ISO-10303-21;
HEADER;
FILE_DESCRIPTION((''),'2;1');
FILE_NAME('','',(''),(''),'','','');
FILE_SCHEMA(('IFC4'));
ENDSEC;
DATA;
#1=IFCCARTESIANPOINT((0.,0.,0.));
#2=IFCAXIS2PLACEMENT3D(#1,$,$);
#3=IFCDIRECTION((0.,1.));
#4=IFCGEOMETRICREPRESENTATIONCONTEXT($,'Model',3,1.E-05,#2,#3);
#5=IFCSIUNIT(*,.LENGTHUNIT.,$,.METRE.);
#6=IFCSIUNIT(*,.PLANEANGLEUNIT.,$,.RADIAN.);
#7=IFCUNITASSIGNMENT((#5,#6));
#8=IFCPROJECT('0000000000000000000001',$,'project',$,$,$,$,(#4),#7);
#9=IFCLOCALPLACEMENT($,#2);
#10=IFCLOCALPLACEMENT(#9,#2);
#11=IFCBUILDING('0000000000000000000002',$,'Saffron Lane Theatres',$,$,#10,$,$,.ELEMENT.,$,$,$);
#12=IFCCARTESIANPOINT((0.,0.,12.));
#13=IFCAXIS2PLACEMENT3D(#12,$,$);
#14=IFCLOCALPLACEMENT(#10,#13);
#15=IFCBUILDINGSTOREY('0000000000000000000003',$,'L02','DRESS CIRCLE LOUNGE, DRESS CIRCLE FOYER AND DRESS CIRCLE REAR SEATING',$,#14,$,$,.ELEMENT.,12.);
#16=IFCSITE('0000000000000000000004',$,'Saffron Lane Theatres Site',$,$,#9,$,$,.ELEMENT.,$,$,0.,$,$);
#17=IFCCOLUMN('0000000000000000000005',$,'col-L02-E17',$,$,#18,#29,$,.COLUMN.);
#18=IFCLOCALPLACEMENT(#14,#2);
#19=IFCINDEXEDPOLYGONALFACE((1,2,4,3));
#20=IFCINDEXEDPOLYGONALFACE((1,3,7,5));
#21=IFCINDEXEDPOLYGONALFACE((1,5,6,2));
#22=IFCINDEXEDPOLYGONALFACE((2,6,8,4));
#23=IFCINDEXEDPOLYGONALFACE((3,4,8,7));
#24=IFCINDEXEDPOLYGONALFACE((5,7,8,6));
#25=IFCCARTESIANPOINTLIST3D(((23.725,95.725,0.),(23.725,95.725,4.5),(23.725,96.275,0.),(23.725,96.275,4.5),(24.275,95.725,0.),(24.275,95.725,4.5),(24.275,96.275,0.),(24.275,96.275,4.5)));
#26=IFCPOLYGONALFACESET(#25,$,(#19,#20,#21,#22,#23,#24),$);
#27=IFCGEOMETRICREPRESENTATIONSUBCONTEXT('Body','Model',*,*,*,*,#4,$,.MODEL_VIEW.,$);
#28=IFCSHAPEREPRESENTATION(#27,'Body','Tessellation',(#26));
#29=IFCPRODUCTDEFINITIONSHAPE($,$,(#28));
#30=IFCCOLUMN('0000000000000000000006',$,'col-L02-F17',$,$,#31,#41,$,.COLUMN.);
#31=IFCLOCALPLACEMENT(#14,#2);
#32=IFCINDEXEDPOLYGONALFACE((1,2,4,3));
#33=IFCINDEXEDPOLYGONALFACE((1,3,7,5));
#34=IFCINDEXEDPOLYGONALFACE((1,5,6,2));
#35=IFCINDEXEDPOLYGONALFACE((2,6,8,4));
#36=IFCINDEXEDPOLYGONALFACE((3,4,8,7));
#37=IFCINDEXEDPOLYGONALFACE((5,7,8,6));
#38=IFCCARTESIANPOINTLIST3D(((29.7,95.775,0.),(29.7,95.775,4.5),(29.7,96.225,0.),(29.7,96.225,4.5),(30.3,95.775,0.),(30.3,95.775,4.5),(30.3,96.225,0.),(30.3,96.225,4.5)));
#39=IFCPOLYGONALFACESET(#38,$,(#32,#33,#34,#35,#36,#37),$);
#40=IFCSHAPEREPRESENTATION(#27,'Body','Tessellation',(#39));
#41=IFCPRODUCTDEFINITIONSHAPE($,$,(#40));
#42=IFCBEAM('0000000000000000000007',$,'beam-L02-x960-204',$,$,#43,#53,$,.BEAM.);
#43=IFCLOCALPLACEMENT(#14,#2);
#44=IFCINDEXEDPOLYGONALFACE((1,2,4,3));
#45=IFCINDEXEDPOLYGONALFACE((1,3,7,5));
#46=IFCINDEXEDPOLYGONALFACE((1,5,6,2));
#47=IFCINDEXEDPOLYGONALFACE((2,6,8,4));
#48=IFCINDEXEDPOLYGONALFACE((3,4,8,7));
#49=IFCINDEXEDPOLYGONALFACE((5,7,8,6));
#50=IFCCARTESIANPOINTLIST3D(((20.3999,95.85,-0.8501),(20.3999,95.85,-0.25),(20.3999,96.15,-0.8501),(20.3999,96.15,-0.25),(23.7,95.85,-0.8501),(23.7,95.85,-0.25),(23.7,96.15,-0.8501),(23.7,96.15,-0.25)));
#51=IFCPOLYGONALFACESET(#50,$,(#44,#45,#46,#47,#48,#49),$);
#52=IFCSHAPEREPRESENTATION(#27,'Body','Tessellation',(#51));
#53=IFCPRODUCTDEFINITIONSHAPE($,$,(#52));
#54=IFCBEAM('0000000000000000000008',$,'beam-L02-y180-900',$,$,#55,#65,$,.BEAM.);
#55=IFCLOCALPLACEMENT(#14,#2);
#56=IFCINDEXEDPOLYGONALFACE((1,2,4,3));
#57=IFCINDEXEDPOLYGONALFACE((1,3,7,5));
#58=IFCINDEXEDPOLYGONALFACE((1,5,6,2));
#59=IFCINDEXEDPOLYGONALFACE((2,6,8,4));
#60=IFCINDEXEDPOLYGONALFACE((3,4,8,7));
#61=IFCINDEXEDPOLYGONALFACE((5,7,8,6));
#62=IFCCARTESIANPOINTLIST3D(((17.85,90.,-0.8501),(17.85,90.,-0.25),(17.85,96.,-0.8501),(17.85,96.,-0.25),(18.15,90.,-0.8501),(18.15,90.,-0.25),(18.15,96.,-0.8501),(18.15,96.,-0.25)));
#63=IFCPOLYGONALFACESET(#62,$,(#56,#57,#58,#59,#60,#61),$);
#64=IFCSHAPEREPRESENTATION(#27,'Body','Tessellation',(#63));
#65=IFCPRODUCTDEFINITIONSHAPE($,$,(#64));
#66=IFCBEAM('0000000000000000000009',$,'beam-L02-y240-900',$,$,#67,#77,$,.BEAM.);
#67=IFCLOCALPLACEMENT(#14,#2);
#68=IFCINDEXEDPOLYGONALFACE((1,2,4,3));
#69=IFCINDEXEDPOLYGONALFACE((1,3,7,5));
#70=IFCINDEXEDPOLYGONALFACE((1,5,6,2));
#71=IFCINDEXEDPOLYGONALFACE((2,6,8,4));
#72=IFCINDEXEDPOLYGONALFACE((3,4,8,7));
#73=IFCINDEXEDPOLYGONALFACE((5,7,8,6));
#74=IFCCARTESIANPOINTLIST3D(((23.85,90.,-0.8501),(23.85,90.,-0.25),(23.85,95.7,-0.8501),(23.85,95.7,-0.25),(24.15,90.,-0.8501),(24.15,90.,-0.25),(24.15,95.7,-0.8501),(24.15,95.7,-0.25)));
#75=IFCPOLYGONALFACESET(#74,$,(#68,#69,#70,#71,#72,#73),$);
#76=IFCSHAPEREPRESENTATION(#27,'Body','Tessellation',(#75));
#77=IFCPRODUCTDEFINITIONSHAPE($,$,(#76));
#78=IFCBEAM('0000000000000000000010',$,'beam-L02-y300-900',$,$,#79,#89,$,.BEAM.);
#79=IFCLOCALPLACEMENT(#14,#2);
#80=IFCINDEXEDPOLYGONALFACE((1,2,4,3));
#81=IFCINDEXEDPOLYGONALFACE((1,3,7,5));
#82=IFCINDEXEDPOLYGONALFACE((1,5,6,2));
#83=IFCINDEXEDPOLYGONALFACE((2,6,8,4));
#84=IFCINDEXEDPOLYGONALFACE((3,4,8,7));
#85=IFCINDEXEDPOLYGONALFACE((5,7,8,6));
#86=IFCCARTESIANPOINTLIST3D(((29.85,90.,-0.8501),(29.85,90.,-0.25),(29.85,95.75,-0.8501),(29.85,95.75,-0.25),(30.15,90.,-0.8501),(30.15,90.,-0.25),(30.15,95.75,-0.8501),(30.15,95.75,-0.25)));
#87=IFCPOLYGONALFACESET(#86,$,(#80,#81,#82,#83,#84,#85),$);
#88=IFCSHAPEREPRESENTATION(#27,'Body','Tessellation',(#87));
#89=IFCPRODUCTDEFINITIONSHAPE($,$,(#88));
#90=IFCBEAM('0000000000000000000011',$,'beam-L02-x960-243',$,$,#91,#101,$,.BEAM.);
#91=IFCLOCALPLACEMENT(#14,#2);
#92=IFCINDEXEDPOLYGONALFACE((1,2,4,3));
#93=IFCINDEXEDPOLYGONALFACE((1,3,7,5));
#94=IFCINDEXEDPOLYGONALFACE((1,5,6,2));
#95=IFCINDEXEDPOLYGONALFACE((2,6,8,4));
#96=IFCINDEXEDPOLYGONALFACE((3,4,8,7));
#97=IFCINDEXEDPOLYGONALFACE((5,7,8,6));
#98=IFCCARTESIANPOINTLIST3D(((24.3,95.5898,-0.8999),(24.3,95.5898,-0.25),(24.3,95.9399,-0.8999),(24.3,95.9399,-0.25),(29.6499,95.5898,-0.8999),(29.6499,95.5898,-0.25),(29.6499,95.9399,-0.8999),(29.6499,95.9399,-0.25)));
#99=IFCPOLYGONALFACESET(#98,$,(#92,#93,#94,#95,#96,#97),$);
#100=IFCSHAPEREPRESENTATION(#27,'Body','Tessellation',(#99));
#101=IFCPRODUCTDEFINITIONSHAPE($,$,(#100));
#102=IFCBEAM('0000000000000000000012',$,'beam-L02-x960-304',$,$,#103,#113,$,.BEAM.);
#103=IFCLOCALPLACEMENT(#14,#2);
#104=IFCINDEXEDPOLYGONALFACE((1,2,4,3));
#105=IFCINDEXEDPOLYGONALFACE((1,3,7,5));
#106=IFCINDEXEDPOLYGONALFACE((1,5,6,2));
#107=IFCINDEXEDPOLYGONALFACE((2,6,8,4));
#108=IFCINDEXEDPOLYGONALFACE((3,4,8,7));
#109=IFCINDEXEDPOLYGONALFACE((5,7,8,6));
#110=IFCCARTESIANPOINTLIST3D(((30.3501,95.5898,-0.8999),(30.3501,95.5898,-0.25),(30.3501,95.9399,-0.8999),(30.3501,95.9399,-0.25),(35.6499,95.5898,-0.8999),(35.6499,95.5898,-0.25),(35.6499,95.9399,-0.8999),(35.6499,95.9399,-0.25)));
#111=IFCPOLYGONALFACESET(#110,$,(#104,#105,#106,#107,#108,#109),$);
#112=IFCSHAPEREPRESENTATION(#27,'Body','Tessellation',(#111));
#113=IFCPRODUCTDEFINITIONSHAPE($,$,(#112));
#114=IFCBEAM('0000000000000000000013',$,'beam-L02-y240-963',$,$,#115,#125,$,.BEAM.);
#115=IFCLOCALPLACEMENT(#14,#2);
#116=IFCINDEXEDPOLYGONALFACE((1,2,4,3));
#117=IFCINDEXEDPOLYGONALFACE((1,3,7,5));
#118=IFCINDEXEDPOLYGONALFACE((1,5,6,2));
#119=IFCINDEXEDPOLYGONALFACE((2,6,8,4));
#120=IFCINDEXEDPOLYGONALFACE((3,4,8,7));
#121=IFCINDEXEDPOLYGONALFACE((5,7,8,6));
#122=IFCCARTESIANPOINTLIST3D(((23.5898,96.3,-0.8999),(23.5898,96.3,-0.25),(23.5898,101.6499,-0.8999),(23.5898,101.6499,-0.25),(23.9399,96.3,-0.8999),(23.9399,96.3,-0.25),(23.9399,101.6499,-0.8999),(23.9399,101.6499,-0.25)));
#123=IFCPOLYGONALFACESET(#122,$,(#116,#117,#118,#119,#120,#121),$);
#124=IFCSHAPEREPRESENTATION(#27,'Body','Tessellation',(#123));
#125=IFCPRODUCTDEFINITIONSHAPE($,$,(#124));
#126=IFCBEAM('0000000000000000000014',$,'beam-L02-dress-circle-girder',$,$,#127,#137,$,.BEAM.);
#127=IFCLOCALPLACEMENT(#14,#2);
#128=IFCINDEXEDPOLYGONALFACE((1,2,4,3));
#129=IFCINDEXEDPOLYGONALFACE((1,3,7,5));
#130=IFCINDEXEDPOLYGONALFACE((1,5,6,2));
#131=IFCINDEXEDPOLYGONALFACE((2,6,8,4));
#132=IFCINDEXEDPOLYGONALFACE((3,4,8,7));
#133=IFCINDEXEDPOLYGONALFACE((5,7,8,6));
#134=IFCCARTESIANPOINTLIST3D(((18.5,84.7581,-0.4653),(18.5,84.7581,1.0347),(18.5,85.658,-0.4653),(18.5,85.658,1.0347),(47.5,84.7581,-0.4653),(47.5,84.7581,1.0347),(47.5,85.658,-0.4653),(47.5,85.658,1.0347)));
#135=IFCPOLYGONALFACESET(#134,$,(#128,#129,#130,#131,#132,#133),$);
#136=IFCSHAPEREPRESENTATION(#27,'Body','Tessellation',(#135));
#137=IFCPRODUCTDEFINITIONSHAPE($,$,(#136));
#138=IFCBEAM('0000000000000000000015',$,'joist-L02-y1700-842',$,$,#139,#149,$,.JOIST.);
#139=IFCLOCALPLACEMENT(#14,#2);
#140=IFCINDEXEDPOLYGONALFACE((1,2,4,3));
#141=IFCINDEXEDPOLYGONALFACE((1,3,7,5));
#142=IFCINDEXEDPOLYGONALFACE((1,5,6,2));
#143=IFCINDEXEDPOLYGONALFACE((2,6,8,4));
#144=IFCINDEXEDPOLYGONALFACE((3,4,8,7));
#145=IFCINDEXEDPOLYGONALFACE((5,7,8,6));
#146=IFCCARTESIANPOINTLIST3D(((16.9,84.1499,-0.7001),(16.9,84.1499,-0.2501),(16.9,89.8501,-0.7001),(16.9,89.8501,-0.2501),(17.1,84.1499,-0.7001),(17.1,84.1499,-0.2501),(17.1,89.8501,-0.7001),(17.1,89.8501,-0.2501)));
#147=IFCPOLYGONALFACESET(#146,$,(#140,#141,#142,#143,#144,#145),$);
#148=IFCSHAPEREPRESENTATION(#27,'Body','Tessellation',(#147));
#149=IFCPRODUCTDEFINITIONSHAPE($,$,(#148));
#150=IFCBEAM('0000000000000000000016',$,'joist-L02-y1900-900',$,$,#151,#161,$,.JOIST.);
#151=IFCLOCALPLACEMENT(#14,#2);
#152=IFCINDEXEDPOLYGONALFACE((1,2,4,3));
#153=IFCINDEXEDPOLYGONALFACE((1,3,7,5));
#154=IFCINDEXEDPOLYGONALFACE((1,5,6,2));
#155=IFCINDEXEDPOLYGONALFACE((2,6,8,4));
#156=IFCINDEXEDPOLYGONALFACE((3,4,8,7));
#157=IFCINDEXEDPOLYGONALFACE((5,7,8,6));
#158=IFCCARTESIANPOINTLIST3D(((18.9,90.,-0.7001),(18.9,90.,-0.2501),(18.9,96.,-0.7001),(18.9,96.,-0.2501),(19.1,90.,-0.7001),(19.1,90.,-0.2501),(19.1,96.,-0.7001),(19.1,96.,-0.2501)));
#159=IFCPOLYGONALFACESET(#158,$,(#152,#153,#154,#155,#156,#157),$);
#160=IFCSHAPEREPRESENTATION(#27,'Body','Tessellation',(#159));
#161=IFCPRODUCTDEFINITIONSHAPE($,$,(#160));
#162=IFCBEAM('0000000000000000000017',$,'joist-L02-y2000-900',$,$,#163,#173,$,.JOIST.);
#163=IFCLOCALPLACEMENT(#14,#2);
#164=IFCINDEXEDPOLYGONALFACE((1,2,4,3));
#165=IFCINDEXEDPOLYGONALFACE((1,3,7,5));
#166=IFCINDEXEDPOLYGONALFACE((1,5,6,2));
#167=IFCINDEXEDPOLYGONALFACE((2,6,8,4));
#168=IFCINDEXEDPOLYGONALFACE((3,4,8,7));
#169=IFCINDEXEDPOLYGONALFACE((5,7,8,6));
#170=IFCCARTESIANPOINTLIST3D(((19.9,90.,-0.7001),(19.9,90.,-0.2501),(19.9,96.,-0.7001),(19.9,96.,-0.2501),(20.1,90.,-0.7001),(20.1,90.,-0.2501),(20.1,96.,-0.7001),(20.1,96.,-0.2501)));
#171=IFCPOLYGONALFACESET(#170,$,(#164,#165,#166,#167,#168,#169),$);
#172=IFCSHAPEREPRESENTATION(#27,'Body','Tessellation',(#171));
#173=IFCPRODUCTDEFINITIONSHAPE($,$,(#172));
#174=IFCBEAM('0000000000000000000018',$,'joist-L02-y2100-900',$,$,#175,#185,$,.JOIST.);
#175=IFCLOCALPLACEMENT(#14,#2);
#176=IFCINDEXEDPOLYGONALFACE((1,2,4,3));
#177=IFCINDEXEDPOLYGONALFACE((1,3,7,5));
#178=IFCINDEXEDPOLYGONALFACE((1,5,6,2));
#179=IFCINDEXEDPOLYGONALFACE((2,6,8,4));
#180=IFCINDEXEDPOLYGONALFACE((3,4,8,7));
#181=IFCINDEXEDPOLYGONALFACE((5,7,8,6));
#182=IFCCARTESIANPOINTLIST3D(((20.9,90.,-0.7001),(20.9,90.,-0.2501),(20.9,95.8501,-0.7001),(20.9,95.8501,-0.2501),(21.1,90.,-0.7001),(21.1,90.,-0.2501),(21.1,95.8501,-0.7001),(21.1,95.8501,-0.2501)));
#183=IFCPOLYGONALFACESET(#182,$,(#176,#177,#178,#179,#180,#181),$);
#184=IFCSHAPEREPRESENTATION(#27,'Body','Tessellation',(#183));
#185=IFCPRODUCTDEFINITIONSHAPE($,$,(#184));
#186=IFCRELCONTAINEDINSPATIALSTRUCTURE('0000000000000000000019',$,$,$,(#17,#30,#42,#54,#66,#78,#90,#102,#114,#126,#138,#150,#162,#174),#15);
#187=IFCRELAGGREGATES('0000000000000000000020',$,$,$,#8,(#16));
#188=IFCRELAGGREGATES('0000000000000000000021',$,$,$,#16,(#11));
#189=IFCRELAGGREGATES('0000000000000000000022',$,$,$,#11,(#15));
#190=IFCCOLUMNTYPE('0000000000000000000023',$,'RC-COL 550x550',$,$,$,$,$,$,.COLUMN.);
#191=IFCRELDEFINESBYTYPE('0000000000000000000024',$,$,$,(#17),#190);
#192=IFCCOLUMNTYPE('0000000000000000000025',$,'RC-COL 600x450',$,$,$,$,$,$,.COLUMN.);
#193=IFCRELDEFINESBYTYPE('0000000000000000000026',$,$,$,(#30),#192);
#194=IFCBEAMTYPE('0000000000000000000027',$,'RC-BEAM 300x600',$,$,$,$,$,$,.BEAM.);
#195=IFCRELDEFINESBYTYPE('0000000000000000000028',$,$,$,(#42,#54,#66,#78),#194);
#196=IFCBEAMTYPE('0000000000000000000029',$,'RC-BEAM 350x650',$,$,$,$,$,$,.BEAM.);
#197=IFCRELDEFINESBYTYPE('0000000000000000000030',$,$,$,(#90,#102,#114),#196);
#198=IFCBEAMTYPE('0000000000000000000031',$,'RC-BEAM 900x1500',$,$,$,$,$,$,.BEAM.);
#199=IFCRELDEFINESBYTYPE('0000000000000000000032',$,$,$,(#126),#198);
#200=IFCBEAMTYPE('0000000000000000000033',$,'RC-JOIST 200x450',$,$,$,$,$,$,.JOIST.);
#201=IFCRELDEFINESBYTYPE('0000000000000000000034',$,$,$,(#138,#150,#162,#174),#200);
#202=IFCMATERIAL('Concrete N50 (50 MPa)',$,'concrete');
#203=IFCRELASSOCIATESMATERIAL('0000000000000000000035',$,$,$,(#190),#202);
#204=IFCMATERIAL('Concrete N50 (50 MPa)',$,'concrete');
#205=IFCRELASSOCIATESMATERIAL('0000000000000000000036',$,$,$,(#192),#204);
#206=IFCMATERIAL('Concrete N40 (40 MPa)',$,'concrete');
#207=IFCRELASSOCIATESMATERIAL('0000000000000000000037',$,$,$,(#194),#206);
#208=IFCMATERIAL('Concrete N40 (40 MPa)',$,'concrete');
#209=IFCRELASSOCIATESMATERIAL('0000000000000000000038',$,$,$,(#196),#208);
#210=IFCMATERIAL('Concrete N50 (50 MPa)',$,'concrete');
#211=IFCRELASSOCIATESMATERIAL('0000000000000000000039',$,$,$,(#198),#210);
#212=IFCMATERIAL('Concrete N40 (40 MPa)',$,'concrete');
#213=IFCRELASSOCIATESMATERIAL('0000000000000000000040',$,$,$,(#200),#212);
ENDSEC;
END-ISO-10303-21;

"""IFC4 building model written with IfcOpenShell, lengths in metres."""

from ifc_helpers import new_model, si_unit, direction, frame, origin, origin_2d, place, context, subcontext, project, spatial, rectangle, extrude, material, material_profile, profile_set, type_object, element, save


model = new_model("IFC4")

# Units and contexts
model_context = context("Model", 3, precision=1e-05, world=origin(), true_north=direction((0.0, 1.0)))
body_context = subcontext(model_context, "Body", "Model", "MODEL_VIEW")
ifc_project = project(units=[si_unit("LENGTHUNIT", "METRE"), si_unit("PLANEANGLEUNIT", "RADIAN")], contexts=[model_context])

# Site, building, storey
site_placement = place(None, origin())
site = spatial("IfcSite", under=ifc_project, at=site_placement, Name="Saffron Lane Theatres Site", CompositionType="ELEMENT", RefElevation=0.0)
building_placement = place(site_placement, origin())
building = spatial("IfcBuilding", under=site, at=building_placement, Name="Saffron Lane Theatres", CompositionType="ELEMENT")
storey_placement = place(building_placement, frame((0.0, 0.0, 12.0)))
storey = spatial("IfcBuildingStorey", under=building, at=storey_placement, Name="L02", Description="DRESS CIRCLE LOUNGE, DRESS CIRCLE FOYER AND DRESS CIRCLE REAR SEATING", CompositionType="ELEMENT", Elevation=12.0)

# Columns
ifc_material_1 = material(Name="Concrete N50 (50 MPa)", Category="concrete")
ifc_material_profile_1 = material_profile(ifc_material_1, rectangle(XDim=0.55, YDim=0.55, at=origin_2d()))
ifc_profile_set_1 = profile_set([ifc_material_profile_1], Name="Concrete N50 (50 MPa)")
column_type_1 = type_object("IfcColumnType", Name="RC-COL 550x550", PredefinedType="COLUMN", material=ifc_profile_set_1)
column_1_placement = place(storey_placement, frame((24.0, 96.0, 0.0), z_axis=(0.0, 0.0, 1.0), x_axis=(1.0, 0.0, 0.0)))
element("IfcColumn", 1, at=column_1_placement, inside=storey, type_object=column_type_1, Name="col-L02-E17", PredefinedType="COLUMN", context=body_context, shape_type="SweptSolid", body=[
    extrude(rectangle(XDim=0.55, YDim=0.55, at=origin_2d()), origin(), (0.0, 0.0, 1.0), 4.5),
])
ifc_material_2 = material(Name="Concrete N50 (50 MPa)", Category="concrete")
ifc_material_profile_2 = material_profile(ifc_material_2, rectangle(XDim=0.6001, YDim=0.45, at=origin_2d()))
ifc_profile_set_2 = profile_set([ifc_material_profile_2], Name="Concrete N50 (50 MPa)")
column_type_2 = type_object("IfcColumnType", Name="RC-COL 600x450", PredefinedType="COLUMN", material=ifc_profile_set_2)
column_2_placement = place(storey_placement, frame((30.0, 96.0, 0.0), z_axis=(0.0, 0.0, 1.0), x_axis=(1.0, 0.0, 0.0)))
element("IfcColumn", 2, at=column_2_placement, inside=storey, type_object=column_type_2, Name="col-L02-F17", PredefinedType="COLUMN", context=body_context, shape_type="SweptSolid", body=[
    extrude(rectangle(XDim=0.6001, YDim=0.45, at=origin_2d()), origin(), (0.0, 0.0, 1.0), 4.5),
])

# Beams
ifc_material_3 = material(Name="Concrete N40 (40 MPa)", Category="concrete")
ifc_material_profile_3 = material_profile(ifc_material_3, rectangle(XDim=0.3, YDim=0.6001, at=origin_2d()))
ifc_profile_set_3 = profile_set([ifc_material_profile_3], Name="Concrete N40 (40 MPa)")
beam_type_1 = type_object("IfcBeamType", Name="RC-BEAM 300x600", PredefinedType="BEAM", material=ifc_profile_set_3)
beam_1_placement = place(storey_placement, frame((20.3999, 96.0, -0.55), z_axis=(1.0, 0.0, 0.0), x_axis=(0.0, 1.0, 0.0)))
element("IfcBeam", 3, at=beam_1_placement, inside=storey, type_object=beam_type_1, Name="beam-L02-x960-204", PredefinedType="BEAM", context=body_context, shape_type="SweptSolid", body=[
    extrude(rectangle(XDim=0.3, YDim=0.6001, at=origin_2d()), origin(), (0.0, 0.0, 1.0), 3.3),
])
beam_2_placement = place(storey_placement, frame((18.0, 90.0, -0.55), z_axis=(0.0, 1.0, 0.0), x_axis=(-1.0, 0.0, 0.0)))
element("IfcBeam", 4, at=beam_2_placement, inside=storey, type_object=beam_type_1, Name="beam-L02-y180-900", PredefinedType="BEAM", context=body_context, shape_type="SweptSolid", body=[
    extrude(rectangle(XDim=0.3, YDim=0.6001, at=origin_2d()), origin(), (0.0, 0.0, 1.0), 6.0),
])
beam_3_placement = place(storey_placement, frame((24.0, 90.0, -0.55), z_axis=(0.0, 1.0, 0.0), x_axis=(-1.0, 0.0, 0.0)))
element("IfcBeam", 5, at=beam_3_placement, inside=storey, type_object=beam_type_1, Name="beam-L02-y240-900", PredefinedType="BEAM", context=body_context, shape_type="SweptSolid", body=[
    extrude(rectangle(XDim=0.3, YDim=0.6001, at=origin_2d()), origin(), (0.0, 0.0, 1.0), 5.7),
])
beam_4_placement = place(storey_placement, frame((30.0, 90.0, -0.55), z_axis=(0.0, 1.0, 0.0), x_axis=(-1.0, 0.0, 0.0)))
element("IfcBeam", 6, at=beam_4_placement, inside=storey, type_object=beam_type_1, Name="beam-L02-y300-900", PredefinedType="BEAM", context=body_context, shape_type="SweptSolid", body=[
    extrude(rectangle(XDim=0.3, YDim=0.6001, at=origin_2d()), origin(), (0.0, 0.0, 1.0), 5.75),
])
ifc_material_4 = material(Name="Concrete N40 (40 MPa)", Category="concrete")
ifc_material_profile_4 = material_profile(ifc_material_4, rectangle(XDim=0.3501, YDim=0.6499, at=origin_2d()))
ifc_profile_set_4 = profile_set([ifc_material_profile_4], Name="Concrete N40 (40 MPa)")
beam_type_2 = type_object("IfcBeamType", Name="RC-BEAM 350x650", PredefinedType="BEAM", material=ifc_profile_set_4)
beam_5_placement = place(storey_placement, frame((24.3, 95.7649, -0.575), z_axis=(1.0, 0.0, 0.0), x_axis=(0.0, 1.0, 0.0)))
element("IfcBeam", 7, at=beam_5_placement, inside=storey, type_object=beam_type_2, Name="beam-L02-x960-243", PredefinedType="BEAM", context=body_context, shape_type="SweptSolid", body=[
    extrude(rectangle(XDim=0.3501, YDim=0.6499, at=origin_2d()), origin(), (0.0, 0.0, 1.0), 5.3499),
])
beam_6_placement = place(storey_placement, frame((30.3501, 95.7649, -0.575), z_axis=(1.0, 0.0, 0.0), x_axis=(0.0, 1.0, 0.0)))
element("IfcBeam", 8, at=beam_6_placement, inside=storey, type_object=beam_type_2, Name="beam-L02-x960-304", PredefinedType="BEAM", context=body_context, shape_type="SweptSolid", body=[
    extrude(rectangle(XDim=0.3501, YDim=0.6499, at=origin_2d()), origin(), (0.0, 0.0, 1.0), 5.2998),
])
beam_7_placement = place(storey_placement, frame((23.7649, 96.3, -0.575), z_axis=(0.0, 1.0, 0.0), x_axis=(-1.0, 0.0, 0.0)))
element("IfcBeam", 9, at=beam_7_placement, inside=storey, type_object=beam_type_2, Name="beam-L02-y240-963", PredefinedType="BEAM", context=body_context, shape_type="SweptSolid", body=[
    extrude(rectangle(XDim=0.3501, YDim=0.6499, at=origin_2d()), origin(), (0.0, 0.0, 1.0), 5.3499),
])
ifc_material_5 = material(Name="Concrete N50 (50 MPa)", Category="concrete")
ifc_material_profile_5 = material_profile(ifc_material_5, rectangle(XDim=0.8999, YDim=1.5, at=origin_2d()))
ifc_profile_set_5 = profile_set([ifc_material_profile_5], Name="Concrete N50 (50 MPa)")
beam_type_3 = type_object("IfcBeamType", Name="RC-BEAM 900x1500", PredefinedType="BEAM", material=ifc_profile_set_5)
beam_8_placement = place(storey_placement, frame((18.5, 85.208, 0.2847), z_axis=(1.0, 0.0, 0.0), x_axis=(0.0, 1.0, 0.0)))
element("IfcBeam", 10, at=beam_8_placement, inside=storey, type_object=beam_type_3, Name="beam-L02-dress-circle-girder", PredefinedType="BEAM", context=body_context, shape_type="SweptSolid", body=[
    extrude(rectangle(XDim=0.8999, YDim=1.5, at=origin_2d()), origin(), (0.0, 0.0, 1.0), 29.0),
])
ifc_material_6 = material(Name="Concrete N40 (40 MPa)", Category="concrete")
ifc_material_profile_6 = material_profile(ifc_material_6, rectangle(XDim=0.2, YDim=0.45, at=origin_2d()))
ifc_profile_set_6 = profile_set([ifc_material_profile_6], Name="Concrete N40 (40 MPa)")
beam_type_4 = type_object("IfcBeamType", Name="RC-JOIST 200x450", PredefinedType="JOIST", material=ifc_profile_set_6)
beam_9_placement = place(storey_placement, frame((17.0, 84.1499, -0.4751), z_axis=(0.0, 1.0, 0.0), x_axis=(-1.0, 0.0, 0.0)))
element("IfcBeam", 11, at=beam_9_placement, inside=storey, type_object=beam_type_4, Name="joist-L02-y1700-842", PredefinedType="JOIST", context=body_context, shape_type="SweptSolid", body=[
    extrude(rectangle(XDim=0.2, YDim=0.45, at=origin_2d()), origin(), (0.0, 0.0, 1.0), 5.7002),
])
for number, where, z_axis, x_axis, name in (
    (12, (19.0, 90.0, -0.4751), (0.0, 1.0, 0.0), (-1.0, 0.0, 0.0), "joist-L02-y1900-900"),
    (13, (20.0, 90.0, -0.4751), (0.0, 1.0, 0.0), (-1.0, 0.0, 0.0), "joist-L02-y2000-900"),
):
    element("IfcBeam", number, at=place(storey_placement, frame(where, z_axis=z_axis, x_axis=x_axis)), inside=storey, type_object=beam_type_4, Name=name, PredefinedType="JOIST", context=body_context, shape_type="SweptSolid", body=[
        extrude(rectangle(XDim=0.2, YDim=0.45, at=origin_2d()), origin(), (0.0, 0.0, 1.0), 6.0),
    ])
for number, where, z_axis, x_axis, name in (
    (14, (21.0, 90.0, -0.4751), (0.0, 1.0, 0.0), (-1.0, 0.0, 0.0), "joist-L02-y2100-900"),
):
    element("IfcBeam", number, at=place(storey_placement, frame(where, z_axis=z_axis, x_axis=x_axis)), inside=storey, type_object=beam_type_4, Name=name, PredefinedType="JOIST", context=body_context, shape_type="SweptSolid", body=[
        extrude(rectangle(XDim=0.2, YDim=0.45, at=origin_2d()), origin(), (0.0, 0.0, 1.0), 5.8501),
    ])

save(model, "model.ifc")
